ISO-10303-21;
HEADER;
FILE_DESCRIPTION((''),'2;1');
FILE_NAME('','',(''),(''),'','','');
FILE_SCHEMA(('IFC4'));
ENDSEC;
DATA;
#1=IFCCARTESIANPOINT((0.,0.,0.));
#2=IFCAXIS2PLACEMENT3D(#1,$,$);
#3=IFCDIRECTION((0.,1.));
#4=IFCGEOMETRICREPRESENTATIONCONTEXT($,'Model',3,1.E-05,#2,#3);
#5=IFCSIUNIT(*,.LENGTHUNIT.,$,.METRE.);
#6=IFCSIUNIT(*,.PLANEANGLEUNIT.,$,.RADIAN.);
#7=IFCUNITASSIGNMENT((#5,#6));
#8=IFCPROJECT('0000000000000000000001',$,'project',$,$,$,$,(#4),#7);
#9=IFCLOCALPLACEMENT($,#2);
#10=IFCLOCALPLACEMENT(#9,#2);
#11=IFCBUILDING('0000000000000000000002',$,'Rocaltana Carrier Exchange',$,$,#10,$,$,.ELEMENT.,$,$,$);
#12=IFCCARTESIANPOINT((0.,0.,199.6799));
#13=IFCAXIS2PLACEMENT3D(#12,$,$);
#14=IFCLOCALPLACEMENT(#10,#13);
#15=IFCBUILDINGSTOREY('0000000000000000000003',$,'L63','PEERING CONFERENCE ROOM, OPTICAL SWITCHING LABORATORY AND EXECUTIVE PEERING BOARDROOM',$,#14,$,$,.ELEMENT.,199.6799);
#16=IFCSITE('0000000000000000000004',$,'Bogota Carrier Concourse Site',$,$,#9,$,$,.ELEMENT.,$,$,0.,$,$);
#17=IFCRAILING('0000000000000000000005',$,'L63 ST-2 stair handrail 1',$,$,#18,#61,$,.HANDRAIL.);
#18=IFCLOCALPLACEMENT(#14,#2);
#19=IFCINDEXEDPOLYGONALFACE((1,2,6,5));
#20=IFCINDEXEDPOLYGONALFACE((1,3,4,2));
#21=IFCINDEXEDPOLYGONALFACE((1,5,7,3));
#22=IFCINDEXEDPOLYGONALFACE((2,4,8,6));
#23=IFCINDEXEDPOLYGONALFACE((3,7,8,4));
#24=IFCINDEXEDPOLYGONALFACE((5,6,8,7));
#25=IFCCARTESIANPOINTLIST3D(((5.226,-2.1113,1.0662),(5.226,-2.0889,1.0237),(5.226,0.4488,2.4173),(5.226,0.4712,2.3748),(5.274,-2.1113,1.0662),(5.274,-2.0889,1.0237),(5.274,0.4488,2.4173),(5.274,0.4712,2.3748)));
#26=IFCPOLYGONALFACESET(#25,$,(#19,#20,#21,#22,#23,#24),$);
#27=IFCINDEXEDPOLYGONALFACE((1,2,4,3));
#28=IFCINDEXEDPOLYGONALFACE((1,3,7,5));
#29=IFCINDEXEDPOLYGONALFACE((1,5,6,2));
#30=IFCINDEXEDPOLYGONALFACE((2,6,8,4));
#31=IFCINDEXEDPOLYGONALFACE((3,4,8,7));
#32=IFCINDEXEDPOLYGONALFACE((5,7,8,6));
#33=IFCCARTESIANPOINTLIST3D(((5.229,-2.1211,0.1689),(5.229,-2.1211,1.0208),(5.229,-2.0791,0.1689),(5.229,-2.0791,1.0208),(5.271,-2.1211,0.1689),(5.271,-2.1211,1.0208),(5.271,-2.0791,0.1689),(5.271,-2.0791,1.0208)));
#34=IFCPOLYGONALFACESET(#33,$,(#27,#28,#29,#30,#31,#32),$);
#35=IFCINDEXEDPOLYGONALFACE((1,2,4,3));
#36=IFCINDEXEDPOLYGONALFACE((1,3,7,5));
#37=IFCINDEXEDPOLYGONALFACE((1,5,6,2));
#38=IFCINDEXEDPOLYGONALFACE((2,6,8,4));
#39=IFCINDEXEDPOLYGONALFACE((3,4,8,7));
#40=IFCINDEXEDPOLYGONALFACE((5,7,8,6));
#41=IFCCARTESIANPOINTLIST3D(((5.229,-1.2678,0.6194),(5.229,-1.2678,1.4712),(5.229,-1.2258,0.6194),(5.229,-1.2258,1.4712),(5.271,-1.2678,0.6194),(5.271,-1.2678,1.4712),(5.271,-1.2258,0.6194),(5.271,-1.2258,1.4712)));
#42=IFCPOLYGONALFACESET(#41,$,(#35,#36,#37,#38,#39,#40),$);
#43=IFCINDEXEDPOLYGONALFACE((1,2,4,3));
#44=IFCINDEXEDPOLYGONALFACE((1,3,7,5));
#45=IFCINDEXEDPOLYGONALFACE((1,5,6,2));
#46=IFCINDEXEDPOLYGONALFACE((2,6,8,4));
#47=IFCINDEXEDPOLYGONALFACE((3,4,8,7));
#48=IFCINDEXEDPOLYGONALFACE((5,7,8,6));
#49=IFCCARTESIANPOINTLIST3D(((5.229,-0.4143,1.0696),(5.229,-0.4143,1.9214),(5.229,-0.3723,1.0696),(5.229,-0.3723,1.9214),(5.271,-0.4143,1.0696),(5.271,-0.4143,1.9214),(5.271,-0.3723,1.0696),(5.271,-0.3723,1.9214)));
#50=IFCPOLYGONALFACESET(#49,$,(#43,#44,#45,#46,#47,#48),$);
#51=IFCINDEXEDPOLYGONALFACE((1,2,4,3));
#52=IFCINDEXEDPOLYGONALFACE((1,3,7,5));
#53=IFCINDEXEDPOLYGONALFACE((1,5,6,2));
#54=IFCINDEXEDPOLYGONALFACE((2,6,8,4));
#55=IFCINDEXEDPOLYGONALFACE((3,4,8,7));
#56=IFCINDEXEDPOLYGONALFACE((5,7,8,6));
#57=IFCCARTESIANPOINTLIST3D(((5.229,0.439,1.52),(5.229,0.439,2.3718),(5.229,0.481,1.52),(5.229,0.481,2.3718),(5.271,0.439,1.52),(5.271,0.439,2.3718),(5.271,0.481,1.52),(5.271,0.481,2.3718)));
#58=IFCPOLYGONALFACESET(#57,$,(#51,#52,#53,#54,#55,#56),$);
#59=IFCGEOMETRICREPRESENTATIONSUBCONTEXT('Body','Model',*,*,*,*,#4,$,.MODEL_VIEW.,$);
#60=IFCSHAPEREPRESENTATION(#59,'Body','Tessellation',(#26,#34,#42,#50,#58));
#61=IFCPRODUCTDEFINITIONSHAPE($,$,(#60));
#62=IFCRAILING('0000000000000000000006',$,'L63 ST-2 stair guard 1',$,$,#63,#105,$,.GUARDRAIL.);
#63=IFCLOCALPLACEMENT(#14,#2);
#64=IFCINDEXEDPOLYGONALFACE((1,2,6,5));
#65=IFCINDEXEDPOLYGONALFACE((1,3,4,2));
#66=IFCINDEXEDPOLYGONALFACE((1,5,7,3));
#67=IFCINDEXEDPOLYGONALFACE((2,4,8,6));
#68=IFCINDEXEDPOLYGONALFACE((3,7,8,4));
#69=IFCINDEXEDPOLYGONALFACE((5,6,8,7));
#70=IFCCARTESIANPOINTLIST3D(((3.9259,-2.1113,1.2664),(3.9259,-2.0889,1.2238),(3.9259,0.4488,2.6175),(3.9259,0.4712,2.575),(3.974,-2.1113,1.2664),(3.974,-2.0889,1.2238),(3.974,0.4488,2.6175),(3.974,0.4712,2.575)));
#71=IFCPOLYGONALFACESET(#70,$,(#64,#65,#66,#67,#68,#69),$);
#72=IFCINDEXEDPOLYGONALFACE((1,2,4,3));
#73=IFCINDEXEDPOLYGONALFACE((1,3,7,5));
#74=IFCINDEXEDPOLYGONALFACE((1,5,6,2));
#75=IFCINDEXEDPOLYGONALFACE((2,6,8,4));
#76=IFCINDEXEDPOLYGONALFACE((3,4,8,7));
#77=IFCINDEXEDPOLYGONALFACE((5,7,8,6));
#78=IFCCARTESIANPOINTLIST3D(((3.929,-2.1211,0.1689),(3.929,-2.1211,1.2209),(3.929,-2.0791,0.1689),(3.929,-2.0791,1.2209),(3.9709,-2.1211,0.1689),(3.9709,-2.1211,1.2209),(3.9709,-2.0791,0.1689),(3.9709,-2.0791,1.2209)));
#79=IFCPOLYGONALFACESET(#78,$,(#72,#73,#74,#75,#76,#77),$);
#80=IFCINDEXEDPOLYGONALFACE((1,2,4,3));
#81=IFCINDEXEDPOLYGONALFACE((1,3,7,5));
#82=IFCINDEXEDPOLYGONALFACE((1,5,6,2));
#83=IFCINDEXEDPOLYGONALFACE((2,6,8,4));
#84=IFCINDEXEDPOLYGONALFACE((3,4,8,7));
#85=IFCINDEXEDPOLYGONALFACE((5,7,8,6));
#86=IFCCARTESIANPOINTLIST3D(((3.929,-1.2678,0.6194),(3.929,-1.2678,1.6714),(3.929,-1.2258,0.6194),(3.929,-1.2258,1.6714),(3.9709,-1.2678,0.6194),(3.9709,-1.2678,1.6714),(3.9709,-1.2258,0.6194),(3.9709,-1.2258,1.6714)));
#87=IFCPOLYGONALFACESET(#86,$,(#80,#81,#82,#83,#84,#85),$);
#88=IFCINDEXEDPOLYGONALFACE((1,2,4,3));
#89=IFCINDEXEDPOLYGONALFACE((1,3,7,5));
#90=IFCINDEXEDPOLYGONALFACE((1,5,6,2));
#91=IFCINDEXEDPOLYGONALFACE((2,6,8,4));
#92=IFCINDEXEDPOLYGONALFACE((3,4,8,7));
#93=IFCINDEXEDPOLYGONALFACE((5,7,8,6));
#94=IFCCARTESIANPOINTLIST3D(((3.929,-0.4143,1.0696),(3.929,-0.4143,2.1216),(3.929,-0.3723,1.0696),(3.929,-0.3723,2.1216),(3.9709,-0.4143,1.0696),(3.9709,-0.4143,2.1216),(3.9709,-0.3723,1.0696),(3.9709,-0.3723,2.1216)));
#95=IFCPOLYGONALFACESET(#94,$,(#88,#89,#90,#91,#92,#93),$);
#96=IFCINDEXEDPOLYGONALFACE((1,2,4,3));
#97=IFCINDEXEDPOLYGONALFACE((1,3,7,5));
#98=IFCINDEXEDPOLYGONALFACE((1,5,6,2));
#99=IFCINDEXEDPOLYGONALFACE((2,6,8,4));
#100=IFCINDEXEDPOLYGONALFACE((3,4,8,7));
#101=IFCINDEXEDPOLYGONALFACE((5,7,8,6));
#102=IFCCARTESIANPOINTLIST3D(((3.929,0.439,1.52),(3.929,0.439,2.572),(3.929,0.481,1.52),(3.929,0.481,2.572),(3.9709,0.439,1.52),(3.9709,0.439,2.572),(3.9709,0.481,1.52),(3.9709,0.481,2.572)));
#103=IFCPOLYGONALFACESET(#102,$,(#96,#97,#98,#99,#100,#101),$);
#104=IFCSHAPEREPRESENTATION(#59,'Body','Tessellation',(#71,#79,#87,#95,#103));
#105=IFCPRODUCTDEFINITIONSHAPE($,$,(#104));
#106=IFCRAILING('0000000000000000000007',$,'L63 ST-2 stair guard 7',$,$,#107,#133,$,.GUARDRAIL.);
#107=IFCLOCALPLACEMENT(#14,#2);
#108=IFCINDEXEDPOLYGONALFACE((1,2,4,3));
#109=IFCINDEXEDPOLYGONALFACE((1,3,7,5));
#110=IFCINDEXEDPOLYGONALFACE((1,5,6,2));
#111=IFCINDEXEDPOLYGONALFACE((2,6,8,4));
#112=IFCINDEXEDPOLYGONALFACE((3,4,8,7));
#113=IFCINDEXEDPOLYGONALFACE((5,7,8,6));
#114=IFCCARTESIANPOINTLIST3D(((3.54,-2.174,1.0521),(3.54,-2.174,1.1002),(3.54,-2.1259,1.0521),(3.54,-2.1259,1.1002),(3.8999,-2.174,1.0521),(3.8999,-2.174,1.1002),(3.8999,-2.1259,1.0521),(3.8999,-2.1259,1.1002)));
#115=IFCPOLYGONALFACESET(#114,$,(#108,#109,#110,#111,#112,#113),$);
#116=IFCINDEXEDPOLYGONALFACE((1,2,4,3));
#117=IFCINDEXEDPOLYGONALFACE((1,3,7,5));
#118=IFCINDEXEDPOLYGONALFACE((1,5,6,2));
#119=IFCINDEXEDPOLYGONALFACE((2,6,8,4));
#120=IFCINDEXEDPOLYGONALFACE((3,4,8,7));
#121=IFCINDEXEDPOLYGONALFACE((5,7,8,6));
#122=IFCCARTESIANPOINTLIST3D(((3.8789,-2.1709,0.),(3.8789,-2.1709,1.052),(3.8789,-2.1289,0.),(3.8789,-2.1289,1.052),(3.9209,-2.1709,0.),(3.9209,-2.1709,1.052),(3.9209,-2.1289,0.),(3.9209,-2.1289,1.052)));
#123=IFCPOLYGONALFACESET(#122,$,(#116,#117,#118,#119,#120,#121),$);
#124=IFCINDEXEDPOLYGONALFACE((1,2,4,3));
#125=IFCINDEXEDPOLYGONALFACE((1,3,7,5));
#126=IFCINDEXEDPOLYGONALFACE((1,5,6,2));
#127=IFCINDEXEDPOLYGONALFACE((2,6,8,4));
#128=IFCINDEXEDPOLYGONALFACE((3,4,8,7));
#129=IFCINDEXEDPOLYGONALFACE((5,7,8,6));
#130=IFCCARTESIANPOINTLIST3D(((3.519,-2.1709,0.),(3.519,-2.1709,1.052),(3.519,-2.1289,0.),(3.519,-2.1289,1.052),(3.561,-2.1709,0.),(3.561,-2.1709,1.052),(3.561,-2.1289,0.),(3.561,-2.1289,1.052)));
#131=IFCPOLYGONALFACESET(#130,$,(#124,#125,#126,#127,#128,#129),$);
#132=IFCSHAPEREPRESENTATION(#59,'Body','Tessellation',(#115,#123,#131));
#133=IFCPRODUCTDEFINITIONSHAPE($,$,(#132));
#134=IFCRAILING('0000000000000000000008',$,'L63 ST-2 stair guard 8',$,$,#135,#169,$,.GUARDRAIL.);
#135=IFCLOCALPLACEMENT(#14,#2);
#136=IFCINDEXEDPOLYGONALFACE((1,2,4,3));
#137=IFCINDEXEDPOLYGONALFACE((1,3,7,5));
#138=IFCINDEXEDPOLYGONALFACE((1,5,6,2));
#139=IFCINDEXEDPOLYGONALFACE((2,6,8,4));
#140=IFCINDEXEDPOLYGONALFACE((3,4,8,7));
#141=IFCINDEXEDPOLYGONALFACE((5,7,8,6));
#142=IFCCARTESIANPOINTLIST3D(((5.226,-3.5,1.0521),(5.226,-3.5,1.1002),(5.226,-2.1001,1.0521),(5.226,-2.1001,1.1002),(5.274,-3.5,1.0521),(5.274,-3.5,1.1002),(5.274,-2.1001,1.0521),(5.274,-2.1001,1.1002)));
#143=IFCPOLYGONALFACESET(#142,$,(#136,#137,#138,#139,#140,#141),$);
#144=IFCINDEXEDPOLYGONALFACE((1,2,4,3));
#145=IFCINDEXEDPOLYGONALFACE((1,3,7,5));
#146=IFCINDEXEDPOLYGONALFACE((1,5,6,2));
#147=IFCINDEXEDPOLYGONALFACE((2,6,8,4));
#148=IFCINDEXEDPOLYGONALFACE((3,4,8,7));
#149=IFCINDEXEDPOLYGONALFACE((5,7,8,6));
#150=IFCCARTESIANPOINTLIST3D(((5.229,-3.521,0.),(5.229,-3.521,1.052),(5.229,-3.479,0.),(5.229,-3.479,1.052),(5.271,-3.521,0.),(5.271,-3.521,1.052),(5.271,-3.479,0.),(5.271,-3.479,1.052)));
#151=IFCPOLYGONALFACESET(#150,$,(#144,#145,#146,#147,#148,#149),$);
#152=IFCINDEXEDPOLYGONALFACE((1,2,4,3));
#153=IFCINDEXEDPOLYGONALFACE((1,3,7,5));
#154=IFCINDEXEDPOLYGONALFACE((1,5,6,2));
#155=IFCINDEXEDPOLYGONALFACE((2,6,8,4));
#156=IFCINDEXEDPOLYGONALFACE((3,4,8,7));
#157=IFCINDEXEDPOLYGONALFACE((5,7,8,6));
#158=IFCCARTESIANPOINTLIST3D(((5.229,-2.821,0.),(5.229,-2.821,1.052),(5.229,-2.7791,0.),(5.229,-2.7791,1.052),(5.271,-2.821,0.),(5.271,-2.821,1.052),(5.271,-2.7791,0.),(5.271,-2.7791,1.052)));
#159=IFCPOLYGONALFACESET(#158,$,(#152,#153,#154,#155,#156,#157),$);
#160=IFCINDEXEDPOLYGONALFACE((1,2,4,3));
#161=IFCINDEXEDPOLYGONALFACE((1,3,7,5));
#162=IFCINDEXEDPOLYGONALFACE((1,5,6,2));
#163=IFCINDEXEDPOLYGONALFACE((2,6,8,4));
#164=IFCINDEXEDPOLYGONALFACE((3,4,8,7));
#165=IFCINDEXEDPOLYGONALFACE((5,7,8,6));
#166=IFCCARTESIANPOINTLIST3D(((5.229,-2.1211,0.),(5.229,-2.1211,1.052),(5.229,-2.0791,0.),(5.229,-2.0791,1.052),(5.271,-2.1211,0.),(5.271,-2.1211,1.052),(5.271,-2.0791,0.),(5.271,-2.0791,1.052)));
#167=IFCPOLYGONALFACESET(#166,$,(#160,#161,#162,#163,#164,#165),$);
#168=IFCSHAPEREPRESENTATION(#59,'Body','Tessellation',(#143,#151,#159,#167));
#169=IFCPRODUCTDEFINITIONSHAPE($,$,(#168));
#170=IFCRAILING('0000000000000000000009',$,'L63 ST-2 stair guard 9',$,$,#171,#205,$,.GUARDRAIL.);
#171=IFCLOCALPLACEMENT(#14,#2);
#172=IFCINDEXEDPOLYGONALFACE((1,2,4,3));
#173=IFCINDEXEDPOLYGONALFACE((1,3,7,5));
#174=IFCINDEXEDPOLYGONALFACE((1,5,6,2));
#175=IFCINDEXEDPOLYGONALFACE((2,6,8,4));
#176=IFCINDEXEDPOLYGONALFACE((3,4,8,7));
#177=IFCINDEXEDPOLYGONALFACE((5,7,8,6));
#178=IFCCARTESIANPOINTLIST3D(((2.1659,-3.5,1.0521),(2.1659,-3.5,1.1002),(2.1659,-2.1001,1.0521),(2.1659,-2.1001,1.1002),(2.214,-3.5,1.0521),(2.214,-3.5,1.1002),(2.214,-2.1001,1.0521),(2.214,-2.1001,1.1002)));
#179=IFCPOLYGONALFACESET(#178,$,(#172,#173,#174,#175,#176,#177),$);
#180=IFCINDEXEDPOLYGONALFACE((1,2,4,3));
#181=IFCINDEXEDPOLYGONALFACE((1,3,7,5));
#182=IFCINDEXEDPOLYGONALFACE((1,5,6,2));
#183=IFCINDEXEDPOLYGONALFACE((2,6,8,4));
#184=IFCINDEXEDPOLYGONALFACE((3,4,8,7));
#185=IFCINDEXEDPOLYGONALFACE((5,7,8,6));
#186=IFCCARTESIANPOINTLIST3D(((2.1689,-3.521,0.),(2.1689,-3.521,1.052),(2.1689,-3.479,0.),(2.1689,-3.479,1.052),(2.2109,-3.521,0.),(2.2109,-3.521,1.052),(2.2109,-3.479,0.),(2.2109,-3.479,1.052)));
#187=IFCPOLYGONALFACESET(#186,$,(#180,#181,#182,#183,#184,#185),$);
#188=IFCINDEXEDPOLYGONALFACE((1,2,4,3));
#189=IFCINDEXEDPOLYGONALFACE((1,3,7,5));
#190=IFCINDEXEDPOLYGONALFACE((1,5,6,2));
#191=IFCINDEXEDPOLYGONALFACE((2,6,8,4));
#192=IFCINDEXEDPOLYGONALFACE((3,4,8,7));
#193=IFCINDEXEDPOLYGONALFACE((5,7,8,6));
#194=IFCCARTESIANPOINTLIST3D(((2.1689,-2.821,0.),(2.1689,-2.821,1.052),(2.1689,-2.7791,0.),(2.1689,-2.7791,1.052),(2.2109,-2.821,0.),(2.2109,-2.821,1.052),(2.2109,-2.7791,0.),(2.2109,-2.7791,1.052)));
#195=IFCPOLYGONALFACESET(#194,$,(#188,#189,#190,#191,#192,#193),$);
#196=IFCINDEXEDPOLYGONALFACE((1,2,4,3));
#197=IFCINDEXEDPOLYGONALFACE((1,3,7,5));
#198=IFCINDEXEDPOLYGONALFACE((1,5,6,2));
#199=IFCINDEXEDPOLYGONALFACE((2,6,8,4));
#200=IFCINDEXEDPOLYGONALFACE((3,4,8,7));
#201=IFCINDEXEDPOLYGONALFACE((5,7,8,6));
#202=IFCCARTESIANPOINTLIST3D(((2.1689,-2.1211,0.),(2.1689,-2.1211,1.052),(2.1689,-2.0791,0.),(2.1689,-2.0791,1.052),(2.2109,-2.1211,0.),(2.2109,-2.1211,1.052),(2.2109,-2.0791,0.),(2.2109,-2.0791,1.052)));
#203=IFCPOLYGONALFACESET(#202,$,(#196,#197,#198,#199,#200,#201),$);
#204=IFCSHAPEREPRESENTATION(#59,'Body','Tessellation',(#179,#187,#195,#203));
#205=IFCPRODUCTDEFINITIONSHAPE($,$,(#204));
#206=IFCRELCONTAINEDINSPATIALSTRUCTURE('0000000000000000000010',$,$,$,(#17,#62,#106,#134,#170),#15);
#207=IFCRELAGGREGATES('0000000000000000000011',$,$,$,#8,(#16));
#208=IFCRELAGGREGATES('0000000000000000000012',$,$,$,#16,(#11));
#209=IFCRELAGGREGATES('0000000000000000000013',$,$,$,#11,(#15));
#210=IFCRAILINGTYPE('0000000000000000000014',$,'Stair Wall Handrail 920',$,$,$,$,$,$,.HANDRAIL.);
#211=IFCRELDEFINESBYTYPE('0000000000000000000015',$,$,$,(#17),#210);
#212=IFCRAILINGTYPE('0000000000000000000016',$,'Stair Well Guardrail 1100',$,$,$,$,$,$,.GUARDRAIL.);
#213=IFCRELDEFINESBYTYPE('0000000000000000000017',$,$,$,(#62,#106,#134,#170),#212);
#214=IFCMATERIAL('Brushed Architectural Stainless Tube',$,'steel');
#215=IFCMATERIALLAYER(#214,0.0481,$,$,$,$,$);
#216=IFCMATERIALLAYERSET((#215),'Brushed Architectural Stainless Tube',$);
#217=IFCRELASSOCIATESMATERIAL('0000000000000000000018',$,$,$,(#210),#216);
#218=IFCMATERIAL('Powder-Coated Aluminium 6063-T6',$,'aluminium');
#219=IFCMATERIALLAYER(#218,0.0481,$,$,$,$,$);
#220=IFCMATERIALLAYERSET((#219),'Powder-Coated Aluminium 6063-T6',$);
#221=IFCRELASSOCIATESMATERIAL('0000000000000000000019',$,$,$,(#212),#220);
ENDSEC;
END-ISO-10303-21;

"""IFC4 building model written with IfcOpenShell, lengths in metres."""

from ifc_helpers import new_model, si_unit, direction, frame, origin, origin_2d, place, context, subcontext, project, spatial, rectangle, extrude, material, layer, layer_set, type_object, element, save


model = new_model("IFC4")

# Units and contexts
model_context = context("Model", 3, precision=1e-05, world=origin(), true_north=direction((0.0, 1.0)))
body_context = subcontext(model_context, "Body", "Model", "MODEL_VIEW")
ifc_project = project(units=[si_unit("LENGTHUNIT", "METRE"), si_unit("PLANEANGLEUNIT", "RADIAN")], contexts=[model_context])

# Site, building, storey
site_placement = place(None, origin())
site = spatial("IfcSite", under=ifc_project, at=site_placement, Name="Bogota Carrier Concourse Site", CompositionType="ELEMENT", RefElevation=0.0)
building_placement = place(site_placement, origin())
building = spatial("IfcBuilding", under=site, at=building_placement, Name="Rocaltana Carrier Exchange", CompositionType="ELEMENT")
storey_placement = place(building_placement, frame((0.0, 0.0, 199.6799)))
storey = spatial("IfcBuildingStorey", under=building, at=storey_placement, Name="L63", Description="PEERING CONFERENCE ROOM, OPTICAL SWITCHING LABORATORY AND EXECUTIVE PEERING BOARDROOM", CompositionType="ELEMENT", Elevation=199.6799)

# Railings
ifc_material_1 = material(Name="Brushed Architectural Stainless Tube", Category="steel")
ifc_layer_1 = layer(ifc_material_1, 0.0481)
ifc_layer_set_1 = layer_set([ifc_layer_1], Name="Brushed Architectural Stainless Tube")
railing_type_1 = type_object("IfcRailingType", Name="Stair Wall Handrail 920", PredefinedType="HANDRAIL", material=ifc_layer_set_1)
railing_1_placement = place(storey_placement, frame((5.25, -2.1001, 0.1689)))
element("IfcRailing", 1, at=railing_1_placement, inside=storey, type_object=railing_type_1, Name="L63 ST-2 stair handrail 1", PredefinedType="HANDRAIL", context=body_context, shape_type="SweptSolid", body=[
    extrude(rectangle(XDim=0.0481, YDim=0.0481, at=origin_2d()), frame((0.0, 0.0, 0.876), z_axis=(0.0, 0.884394, 0.46674), x_axis=(-1.0, 0.0, 0.0)), (0.0, 0.0, 1.0), 2.8948),
    extrude(rectangle(XDim=0.042, YDim=0.042, at=origin_2d()), origin(), (0.0, 0.0, 1.0), 0.8518),
    extrude(rectangle(XDim=0.042, YDim=0.042, at=origin_2d()), frame((0.0, 0.8533, 0.4504)), (0.0, 0.0, 1.0), 0.8518),
    extrude(rectangle(XDim=0.042, YDim=0.042, at=origin_2d()), frame((0.0, 1.7068, 0.9006)), (0.0, 0.0, 1.0), 0.8518),
    extrude(rectangle(XDim=0.042, YDim=0.042, at=origin_2d()), frame((0.0, 2.5601, 1.3511)), (0.0, 0.0, 1.0), 0.8518),
])
ifc_material_2 = material(Name="Powder-Coated Aluminium 6063-T6", Category="aluminium")
ifc_layer_2 = layer(ifc_material_2, 0.0481)
ifc_layer_set_2 = layer_set([ifc_layer_2], Name="Powder-Coated Aluminium 6063-T6")
railing_type_2 = type_object("IfcRailingType", Name="Stair Well Guardrail 1100", PredefinedType="GUARDRAIL", material=ifc_layer_set_2)
railing_2_placement = place(storey_placement, frame((3.95, -2.1001, 0.1689)))
element("IfcRailing", 2, at=railing_2_placement, inside=storey, type_object=railing_type_2, Name="L63 ST-2 stair guard 1", PredefinedType="GUARDRAIL", context=body_context, shape_type="SweptSolid", body=[
    extrude(rectangle(XDim=0.0481, YDim=0.0481, at=origin_2d()), frame((0.0, 0.0, 1.0762), z_axis=(0.0, 0.884394, 0.46674), x_axis=(-1.0, 0.0, 0.0)), (0.0, 0.0, 1.0), 2.8948),
    extrude(rectangle(XDim=0.042, YDim=0.042, at=origin_2d()), origin(), (0.0, 0.0, 1.0), 1.052),
    extrude(rectangle(XDim=0.042, YDim=0.042, at=origin_2d()), frame((0.0, 0.8533, 0.4504)), (0.0, 0.0, 1.0), 1.052),
    extrude(rectangle(XDim=0.042, YDim=0.042, at=origin_2d()), frame((0.0, 1.7068, 0.9006)), (0.0, 0.0, 1.0), 1.052),
    extrude(rectangle(XDim=0.042, YDim=0.042, at=origin_2d()), frame((0.0, 2.5601, 1.3511)), (0.0, 0.0, 1.0), 1.052),
])
railing_3_placement = place(storey_placement, frame((3.8999, -2.1499, 0.0)))
element("IfcRailing", 3, at=railing_3_placement, inside=storey, type_object=railing_type_2, Name="L63 ST-2 stair guard 7", PredefinedType="GUARDRAIL", context=body_context, shape_type="SweptSolid", body=[
    extrude(rectangle(XDim=0.0481, YDim=0.0481, at=origin_2d()), frame((0.0, 0.0, 1.0762), z_axis=(-1.0, 0.0, 0.0), x_axis=(0.0, -1.0, 0.0)), (0.0, 0.0, 1.0), 0.3599),
    extrude(rectangle(XDim=0.042, YDim=0.042, at=origin_2d()), origin(), (0.0, 0.0, 1.0), 1.052),
    extrude(rectangle(XDim=0.042, YDim=0.042, at=origin_2d()), frame((-0.3599, 0.0, 0.0)), (0.0, 0.0, 1.0), 1.052),
])
for number, where, name in (
    (4, (5.25, -3.5, 0.0), "L63 ST-2 stair guard 8"),
    (5, (2.1899, -3.5, 0.0), "L63 ST-2 stair guard 9"),
):
    element("IfcRailing", number, at=place(storey_placement, frame(where)), inside=storey, type_object=railing_type_2, Name=name, PredefinedType="GUARDRAIL", context=body_context, shape_type="SweptSolid", body=[
        extrude(rectangle(XDim=0.0481, YDim=0.0481, at=origin_2d()), frame((0.0, 0.0, 1.0762), z_axis=(0.0, 1.0, 0.0), x_axis=(-1.0, 0.0, 0.0)), (0.0, 0.0, 1.0), 1.3999),
        extrude(rectangle(XDim=0.042, YDim=0.042, at=origin_2d()), origin(), (0.0, 0.0, 1.0), 1.052),
        extrude(rectangle(XDim=0.042, YDim=0.042, at=origin_2d()), frame((0.0, 0.7, 0.0)), (0.0, 0.0, 1.0), 1.052),
        extrude(rectangle(XDim=0.042, YDim=0.042, at=origin_2d()), frame((0.0, 1.3999, 0.0)), (0.0, 0.0, 1.0), 1.052),
    ])

save(model, "model.ifc")
